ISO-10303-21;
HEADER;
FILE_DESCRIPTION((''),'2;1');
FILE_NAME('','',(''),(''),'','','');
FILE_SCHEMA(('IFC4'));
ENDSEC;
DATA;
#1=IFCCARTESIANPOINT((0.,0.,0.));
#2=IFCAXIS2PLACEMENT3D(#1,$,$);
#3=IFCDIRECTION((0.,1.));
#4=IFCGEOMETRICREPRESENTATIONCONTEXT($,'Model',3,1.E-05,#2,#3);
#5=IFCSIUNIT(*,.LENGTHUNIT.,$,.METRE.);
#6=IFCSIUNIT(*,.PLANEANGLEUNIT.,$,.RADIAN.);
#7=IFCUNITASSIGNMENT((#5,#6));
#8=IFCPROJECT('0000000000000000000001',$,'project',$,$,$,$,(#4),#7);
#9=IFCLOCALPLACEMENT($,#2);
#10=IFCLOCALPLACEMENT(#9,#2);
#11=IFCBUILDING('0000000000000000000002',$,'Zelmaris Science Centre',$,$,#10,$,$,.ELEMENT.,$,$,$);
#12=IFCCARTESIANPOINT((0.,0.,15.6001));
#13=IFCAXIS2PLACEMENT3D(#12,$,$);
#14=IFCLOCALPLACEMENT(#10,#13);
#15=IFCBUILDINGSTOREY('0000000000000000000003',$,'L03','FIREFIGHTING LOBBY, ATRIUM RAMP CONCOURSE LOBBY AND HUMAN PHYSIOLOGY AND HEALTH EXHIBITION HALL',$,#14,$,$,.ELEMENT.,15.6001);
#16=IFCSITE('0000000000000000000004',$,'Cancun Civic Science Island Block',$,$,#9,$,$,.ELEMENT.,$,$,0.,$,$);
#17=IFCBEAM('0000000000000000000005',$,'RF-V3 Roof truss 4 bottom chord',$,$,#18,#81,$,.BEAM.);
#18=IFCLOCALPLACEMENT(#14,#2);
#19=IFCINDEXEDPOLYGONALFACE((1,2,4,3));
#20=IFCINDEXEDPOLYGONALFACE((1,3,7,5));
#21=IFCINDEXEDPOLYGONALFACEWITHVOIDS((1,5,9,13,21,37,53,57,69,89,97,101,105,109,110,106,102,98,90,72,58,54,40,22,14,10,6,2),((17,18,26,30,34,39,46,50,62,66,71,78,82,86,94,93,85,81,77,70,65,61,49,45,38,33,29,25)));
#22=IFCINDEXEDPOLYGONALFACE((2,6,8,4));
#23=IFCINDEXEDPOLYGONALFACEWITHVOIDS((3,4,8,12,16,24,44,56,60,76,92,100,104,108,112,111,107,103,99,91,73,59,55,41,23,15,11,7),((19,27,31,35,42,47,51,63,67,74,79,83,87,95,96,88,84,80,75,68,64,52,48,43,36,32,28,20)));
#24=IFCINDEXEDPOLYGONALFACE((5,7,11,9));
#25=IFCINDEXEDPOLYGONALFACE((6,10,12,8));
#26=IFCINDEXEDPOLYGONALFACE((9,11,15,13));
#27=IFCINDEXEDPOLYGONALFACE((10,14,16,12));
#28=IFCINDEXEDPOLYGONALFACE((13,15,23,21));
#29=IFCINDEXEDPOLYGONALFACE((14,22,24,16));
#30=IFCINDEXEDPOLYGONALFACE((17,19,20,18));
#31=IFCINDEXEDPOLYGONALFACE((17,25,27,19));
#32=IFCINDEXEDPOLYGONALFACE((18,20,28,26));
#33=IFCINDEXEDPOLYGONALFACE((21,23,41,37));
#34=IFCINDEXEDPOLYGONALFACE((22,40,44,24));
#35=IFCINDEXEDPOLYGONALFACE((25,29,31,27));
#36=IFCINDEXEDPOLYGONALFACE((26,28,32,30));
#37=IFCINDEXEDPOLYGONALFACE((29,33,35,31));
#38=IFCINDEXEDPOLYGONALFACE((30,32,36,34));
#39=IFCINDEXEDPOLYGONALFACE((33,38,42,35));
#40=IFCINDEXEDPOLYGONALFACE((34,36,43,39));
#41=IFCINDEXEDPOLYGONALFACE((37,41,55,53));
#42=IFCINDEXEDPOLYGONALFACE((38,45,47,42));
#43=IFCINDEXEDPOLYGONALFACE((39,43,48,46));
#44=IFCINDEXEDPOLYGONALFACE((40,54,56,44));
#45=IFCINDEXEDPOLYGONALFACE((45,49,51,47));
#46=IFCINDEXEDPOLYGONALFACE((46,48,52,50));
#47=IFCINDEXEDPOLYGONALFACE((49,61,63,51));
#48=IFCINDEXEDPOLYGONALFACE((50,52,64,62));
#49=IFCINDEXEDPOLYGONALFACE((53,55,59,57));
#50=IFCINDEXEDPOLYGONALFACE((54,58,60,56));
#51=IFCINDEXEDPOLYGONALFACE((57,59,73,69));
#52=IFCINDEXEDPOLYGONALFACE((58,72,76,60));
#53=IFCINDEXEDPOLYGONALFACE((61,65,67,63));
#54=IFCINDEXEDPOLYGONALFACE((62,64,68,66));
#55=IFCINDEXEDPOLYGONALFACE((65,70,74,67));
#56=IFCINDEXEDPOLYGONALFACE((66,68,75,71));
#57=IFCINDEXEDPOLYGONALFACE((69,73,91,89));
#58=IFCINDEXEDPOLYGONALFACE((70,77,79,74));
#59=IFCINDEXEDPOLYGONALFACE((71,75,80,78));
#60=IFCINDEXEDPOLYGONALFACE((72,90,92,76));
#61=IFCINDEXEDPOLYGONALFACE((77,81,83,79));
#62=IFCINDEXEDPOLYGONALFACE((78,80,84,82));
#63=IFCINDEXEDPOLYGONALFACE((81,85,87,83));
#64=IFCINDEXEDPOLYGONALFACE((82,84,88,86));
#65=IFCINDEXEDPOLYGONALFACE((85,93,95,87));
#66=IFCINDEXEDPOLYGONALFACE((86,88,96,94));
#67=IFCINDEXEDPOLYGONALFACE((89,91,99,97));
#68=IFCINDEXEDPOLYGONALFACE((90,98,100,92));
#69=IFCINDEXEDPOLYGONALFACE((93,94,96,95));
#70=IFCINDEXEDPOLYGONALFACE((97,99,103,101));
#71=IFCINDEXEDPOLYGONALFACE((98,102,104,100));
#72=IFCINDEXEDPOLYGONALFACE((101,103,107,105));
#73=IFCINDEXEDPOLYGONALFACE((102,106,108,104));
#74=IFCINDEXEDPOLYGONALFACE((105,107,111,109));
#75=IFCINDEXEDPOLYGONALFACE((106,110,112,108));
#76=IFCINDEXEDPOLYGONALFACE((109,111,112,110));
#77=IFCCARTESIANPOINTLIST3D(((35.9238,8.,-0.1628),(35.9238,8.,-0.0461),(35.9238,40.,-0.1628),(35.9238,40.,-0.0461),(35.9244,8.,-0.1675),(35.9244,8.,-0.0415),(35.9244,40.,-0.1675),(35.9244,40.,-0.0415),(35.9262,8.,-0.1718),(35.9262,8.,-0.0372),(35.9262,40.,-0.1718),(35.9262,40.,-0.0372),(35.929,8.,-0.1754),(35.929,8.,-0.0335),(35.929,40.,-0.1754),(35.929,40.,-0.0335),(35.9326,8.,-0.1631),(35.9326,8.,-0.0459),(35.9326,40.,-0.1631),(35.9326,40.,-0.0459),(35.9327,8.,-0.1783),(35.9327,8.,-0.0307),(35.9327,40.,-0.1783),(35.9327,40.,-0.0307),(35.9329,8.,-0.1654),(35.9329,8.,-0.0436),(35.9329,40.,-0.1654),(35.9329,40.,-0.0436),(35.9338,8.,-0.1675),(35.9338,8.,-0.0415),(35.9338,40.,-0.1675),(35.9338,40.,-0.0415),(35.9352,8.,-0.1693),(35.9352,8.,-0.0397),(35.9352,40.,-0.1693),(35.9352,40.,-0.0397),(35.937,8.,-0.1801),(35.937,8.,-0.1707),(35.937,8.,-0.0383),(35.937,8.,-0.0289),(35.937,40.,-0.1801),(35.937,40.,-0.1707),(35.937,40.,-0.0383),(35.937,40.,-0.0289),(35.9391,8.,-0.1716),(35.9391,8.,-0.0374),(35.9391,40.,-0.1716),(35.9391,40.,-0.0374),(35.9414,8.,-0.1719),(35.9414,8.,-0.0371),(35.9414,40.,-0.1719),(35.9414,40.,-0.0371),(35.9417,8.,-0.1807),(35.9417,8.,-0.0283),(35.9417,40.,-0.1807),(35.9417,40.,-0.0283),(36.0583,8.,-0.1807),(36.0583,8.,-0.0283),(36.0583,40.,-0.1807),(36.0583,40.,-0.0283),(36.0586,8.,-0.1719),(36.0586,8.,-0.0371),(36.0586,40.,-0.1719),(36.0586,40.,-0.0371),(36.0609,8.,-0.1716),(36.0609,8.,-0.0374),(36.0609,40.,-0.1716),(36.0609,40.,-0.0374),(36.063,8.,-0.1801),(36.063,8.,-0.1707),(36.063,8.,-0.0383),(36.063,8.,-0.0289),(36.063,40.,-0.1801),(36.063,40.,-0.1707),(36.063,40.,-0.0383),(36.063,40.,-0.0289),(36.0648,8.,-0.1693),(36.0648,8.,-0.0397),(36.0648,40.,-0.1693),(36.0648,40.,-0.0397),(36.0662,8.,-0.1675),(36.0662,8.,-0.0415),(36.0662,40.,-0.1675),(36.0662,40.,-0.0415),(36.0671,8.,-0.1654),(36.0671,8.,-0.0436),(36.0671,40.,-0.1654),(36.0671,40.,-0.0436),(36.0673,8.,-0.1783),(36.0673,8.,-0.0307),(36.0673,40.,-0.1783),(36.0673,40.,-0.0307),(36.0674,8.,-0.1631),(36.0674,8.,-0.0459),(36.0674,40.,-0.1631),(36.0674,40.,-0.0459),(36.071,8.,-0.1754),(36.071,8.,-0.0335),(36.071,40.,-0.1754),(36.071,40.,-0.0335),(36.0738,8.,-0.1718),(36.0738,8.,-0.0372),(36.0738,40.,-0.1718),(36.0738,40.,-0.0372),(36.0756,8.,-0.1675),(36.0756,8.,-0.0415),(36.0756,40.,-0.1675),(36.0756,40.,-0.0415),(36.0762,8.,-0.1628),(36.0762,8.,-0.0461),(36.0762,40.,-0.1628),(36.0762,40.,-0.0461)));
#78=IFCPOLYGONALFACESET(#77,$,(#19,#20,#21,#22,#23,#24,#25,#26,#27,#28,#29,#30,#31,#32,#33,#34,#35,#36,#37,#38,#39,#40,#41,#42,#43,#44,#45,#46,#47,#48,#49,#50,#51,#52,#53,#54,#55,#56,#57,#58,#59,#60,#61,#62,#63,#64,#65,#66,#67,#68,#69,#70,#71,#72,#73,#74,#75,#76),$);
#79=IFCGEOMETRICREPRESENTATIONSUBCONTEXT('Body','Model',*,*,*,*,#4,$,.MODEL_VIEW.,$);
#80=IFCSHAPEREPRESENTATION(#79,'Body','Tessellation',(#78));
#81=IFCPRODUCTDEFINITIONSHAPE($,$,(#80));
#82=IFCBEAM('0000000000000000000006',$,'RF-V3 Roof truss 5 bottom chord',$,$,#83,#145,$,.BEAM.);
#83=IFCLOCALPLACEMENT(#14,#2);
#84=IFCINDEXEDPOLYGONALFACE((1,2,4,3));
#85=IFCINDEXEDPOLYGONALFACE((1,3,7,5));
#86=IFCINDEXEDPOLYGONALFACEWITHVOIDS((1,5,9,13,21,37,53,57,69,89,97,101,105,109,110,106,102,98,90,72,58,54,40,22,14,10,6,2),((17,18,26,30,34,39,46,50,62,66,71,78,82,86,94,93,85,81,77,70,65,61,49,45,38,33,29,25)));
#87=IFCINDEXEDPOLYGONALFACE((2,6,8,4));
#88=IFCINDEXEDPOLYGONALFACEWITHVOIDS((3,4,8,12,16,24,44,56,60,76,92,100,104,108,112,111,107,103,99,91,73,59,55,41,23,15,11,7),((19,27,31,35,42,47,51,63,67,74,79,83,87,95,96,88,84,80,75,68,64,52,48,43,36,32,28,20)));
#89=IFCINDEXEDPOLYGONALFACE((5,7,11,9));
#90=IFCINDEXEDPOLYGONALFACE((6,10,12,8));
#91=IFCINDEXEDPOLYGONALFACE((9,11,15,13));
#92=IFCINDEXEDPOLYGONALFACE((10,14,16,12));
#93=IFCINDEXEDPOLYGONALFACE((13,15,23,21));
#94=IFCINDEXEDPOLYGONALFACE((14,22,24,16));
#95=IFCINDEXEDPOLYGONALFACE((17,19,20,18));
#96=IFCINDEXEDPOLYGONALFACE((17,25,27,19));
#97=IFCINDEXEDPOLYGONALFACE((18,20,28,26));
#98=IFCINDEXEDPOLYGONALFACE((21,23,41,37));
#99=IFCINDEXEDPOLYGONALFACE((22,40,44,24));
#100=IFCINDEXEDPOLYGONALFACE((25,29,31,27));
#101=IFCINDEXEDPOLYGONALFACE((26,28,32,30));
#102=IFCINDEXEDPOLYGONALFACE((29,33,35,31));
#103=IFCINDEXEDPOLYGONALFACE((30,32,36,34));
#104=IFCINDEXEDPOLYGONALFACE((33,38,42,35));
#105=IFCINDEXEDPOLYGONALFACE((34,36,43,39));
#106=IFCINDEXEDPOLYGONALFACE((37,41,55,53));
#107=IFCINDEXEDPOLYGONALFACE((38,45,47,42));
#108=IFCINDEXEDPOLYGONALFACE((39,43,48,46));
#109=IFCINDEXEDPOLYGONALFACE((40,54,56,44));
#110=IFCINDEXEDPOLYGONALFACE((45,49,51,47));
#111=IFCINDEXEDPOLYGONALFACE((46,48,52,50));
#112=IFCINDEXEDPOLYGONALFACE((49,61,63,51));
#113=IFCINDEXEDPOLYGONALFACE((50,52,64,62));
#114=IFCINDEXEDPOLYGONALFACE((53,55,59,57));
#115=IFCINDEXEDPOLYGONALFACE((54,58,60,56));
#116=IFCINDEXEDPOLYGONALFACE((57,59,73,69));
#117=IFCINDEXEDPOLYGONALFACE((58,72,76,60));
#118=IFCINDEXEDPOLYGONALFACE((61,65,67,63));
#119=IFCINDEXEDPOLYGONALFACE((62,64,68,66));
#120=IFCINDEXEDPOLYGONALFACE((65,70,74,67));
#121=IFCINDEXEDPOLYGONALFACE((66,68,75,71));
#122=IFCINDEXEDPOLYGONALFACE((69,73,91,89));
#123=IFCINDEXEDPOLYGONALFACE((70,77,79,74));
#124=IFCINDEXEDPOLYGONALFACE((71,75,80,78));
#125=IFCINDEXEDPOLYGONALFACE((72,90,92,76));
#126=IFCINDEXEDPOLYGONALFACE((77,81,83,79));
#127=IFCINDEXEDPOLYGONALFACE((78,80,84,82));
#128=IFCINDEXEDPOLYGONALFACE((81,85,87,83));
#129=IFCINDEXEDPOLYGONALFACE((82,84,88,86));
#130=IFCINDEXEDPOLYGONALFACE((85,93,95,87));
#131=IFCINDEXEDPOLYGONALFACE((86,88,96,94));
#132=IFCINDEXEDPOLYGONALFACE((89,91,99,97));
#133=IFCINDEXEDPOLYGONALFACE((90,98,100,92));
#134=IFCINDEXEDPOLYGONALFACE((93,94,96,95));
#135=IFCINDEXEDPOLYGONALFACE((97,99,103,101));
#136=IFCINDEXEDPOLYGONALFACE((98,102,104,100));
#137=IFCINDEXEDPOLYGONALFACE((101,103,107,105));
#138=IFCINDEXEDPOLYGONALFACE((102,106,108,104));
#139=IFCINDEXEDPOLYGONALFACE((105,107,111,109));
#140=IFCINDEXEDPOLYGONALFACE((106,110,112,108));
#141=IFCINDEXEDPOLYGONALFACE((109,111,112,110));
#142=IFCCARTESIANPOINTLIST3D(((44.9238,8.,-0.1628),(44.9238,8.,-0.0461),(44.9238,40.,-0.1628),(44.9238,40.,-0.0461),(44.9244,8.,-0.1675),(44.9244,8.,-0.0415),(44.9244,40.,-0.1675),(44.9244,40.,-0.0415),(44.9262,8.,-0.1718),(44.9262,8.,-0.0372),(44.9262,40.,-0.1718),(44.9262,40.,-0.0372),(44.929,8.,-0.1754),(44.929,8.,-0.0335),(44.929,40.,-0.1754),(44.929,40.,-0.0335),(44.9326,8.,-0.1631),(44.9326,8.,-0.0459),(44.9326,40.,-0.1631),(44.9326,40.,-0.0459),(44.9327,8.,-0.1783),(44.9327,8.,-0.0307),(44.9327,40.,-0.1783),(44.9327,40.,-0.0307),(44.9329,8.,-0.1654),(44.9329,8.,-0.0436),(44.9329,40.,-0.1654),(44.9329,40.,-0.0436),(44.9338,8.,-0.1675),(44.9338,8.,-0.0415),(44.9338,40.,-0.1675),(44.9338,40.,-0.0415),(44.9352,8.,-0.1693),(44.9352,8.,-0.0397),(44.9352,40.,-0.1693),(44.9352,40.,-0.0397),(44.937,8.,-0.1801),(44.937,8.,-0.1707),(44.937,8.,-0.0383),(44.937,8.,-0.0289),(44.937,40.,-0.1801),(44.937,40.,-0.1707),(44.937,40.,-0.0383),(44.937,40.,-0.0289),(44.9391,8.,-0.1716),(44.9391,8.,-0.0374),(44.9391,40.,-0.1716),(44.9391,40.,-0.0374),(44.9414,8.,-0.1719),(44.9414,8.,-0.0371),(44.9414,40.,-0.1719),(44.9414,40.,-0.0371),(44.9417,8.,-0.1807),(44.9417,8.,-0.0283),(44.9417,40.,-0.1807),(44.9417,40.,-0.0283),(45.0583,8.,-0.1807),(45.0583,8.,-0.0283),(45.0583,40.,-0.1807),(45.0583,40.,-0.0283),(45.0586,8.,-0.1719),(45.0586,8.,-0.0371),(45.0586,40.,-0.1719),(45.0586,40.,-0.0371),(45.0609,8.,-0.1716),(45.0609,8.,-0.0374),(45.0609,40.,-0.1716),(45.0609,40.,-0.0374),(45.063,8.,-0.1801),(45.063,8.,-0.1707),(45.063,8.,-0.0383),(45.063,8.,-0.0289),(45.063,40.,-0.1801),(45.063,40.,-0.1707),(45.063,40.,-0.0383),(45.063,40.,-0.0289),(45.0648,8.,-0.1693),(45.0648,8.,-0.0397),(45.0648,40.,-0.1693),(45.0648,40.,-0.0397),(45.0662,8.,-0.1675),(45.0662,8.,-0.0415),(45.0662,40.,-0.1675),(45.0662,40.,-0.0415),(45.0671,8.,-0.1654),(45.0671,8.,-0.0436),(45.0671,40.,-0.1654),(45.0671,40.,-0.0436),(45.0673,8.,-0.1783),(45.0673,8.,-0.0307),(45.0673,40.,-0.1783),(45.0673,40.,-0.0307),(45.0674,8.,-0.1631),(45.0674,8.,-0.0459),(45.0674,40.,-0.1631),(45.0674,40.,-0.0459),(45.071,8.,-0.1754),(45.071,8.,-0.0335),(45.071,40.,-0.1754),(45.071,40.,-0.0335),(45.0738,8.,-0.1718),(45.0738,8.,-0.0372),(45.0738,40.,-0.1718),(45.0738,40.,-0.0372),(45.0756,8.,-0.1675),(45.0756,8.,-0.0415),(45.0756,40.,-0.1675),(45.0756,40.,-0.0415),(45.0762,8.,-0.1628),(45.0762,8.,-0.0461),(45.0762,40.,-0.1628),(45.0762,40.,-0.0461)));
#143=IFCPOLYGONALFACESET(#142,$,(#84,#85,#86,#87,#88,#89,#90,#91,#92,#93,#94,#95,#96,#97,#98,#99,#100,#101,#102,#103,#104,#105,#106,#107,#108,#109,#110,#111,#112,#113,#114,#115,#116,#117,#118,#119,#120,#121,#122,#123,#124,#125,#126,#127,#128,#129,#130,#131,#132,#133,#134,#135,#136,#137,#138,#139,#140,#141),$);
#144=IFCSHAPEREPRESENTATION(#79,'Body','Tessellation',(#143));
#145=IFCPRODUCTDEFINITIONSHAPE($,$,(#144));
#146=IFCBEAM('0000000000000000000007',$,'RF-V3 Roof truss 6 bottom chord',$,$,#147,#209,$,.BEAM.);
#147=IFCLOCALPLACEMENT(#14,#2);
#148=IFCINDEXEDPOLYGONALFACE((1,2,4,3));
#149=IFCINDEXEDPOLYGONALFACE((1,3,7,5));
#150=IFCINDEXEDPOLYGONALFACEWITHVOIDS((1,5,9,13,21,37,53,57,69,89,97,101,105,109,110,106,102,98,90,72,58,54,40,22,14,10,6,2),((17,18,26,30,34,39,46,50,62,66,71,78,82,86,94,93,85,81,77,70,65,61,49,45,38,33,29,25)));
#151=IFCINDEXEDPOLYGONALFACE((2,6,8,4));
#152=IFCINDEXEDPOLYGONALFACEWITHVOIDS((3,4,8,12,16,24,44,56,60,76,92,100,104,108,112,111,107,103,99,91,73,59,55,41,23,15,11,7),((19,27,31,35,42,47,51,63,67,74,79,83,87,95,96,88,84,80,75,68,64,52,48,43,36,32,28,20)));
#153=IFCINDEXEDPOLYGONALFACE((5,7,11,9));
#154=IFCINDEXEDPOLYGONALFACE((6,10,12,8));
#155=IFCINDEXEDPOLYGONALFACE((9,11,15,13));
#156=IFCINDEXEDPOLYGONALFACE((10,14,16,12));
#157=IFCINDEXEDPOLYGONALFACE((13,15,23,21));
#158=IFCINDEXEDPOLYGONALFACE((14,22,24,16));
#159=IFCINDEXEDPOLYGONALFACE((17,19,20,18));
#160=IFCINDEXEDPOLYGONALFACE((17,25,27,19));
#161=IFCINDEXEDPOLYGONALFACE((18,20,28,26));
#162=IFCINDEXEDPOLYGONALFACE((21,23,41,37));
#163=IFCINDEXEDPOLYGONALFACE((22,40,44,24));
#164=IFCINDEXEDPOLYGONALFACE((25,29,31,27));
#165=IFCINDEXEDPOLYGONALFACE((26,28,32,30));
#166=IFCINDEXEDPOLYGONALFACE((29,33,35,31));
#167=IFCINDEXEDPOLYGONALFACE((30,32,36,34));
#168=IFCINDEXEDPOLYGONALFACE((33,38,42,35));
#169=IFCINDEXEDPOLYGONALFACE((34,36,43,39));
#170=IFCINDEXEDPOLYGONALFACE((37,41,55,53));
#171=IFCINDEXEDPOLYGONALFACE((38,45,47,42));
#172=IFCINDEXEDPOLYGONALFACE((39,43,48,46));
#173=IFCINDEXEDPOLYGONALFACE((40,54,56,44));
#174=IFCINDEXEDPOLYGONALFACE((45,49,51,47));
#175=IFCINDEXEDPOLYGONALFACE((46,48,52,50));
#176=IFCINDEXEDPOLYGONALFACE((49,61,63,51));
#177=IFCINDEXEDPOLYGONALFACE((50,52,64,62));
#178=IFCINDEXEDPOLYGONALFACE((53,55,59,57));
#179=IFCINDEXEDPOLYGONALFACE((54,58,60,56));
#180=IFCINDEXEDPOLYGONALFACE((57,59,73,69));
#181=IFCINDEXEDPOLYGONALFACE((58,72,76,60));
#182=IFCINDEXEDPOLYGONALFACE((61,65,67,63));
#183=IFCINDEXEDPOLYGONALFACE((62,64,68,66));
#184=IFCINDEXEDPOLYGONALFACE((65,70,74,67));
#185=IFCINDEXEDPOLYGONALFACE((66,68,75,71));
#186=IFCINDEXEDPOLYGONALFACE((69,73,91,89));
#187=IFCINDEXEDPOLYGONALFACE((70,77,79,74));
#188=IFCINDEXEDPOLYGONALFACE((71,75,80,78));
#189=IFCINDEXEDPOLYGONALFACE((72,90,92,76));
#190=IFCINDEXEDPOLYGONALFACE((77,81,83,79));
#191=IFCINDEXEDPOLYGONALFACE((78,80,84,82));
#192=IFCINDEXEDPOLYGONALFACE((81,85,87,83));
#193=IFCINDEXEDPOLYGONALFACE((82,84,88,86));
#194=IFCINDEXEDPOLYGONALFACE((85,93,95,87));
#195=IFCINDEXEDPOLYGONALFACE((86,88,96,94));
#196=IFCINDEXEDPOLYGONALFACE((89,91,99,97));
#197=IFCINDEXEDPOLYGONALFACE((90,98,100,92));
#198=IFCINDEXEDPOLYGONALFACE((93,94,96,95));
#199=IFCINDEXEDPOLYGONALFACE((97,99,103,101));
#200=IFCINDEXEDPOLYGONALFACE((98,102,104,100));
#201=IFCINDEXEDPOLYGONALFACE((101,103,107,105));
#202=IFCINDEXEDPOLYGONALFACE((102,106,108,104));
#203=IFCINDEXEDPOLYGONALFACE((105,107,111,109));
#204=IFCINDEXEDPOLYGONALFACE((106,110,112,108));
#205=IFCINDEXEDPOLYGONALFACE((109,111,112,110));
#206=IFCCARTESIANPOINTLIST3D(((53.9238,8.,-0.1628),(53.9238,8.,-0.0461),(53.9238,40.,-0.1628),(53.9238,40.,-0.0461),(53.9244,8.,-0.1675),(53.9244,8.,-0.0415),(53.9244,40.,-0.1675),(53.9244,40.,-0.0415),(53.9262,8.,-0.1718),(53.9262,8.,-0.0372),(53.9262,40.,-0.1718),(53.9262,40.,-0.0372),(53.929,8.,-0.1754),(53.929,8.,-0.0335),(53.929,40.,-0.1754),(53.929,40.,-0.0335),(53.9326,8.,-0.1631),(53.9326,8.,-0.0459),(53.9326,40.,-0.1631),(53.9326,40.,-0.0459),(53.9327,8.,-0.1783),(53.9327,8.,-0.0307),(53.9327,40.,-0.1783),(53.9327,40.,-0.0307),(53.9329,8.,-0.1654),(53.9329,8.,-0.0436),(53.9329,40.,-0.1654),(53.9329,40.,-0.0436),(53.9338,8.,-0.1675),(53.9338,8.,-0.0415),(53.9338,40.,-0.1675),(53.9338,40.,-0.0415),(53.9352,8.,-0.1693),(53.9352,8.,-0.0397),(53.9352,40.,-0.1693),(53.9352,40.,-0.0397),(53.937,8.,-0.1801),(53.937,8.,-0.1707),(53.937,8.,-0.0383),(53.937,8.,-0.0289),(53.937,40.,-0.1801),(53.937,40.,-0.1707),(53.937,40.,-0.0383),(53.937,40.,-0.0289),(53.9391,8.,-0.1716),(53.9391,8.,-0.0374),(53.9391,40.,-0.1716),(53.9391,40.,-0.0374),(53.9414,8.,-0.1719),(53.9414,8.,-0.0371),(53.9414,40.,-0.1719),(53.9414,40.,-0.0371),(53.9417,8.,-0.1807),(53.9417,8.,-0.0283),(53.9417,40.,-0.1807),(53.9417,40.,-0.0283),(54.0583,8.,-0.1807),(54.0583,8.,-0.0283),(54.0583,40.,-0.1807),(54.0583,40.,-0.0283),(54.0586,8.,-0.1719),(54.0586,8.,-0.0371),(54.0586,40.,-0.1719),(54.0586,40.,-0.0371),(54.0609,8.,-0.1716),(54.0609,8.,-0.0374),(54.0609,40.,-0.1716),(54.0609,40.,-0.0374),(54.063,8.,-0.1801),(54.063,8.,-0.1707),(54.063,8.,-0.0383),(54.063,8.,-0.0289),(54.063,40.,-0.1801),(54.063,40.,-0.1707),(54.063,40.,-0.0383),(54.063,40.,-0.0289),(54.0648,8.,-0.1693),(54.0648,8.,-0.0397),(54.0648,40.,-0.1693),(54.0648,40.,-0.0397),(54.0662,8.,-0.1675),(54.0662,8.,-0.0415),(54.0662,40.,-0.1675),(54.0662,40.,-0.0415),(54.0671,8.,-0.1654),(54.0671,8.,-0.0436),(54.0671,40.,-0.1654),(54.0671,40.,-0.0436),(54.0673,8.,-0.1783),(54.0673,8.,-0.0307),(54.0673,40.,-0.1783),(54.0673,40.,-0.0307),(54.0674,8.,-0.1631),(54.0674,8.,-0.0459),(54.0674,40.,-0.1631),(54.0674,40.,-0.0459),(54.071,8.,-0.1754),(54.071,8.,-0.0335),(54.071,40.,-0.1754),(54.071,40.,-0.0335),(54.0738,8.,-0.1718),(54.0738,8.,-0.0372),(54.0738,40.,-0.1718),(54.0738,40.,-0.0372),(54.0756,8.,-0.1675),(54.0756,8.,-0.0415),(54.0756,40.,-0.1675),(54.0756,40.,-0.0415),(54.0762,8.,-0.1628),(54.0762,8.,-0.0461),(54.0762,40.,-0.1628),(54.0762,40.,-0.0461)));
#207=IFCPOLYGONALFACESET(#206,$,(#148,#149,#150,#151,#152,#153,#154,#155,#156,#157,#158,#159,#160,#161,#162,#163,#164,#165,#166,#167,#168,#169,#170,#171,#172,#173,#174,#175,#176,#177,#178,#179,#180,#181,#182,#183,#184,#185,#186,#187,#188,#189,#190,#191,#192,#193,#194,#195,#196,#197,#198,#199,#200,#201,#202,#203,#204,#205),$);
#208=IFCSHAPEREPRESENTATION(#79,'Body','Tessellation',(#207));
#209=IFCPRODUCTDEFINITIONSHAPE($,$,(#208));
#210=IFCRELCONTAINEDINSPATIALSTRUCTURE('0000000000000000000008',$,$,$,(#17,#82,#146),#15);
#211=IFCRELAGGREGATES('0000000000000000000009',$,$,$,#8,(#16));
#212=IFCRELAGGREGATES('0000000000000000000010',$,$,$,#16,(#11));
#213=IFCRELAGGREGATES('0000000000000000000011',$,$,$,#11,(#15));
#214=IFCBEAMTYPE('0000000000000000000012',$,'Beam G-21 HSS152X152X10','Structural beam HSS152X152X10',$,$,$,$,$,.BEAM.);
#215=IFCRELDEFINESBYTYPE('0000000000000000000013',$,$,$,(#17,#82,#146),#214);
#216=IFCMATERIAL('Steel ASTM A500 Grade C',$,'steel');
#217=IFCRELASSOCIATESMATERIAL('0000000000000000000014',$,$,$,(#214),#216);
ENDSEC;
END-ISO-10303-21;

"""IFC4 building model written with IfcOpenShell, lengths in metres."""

from ifc_helpers import new_model, si_unit, direction, frame, origin, origin_2d, place, context, subcontext, project, spatial, hollow_rectangle, extrude, material, material_profile, profile_set, type_object, element, save


model = new_model("IFC4")

# Units and contexts
model_context = context("Model", 3, precision=1e-05, world=origin(), true_north=direction((0.0, 1.0)))
body_context = subcontext(model_context, "Body", "Model", "MODEL_VIEW")
ifc_project = project(units=[si_unit("LENGTHUNIT", "METRE"), si_unit("PLANEANGLEUNIT", "RADIAN")], contexts=[model_context])

# Site, building, storey
site_placement = place(None, origin())
site = spatial("IfcSite", under=ifc_project, at=site_placement, Name="Cancun Civic Science Island Block", CompositionType="ELEMENT", RefElevation=0.0)
building_placement = place(site_placement, origin())
building = spatial("IfcBuilding", under=site, at=building_placement, Name="Zelmaris Science Centre", CompositionType="ELEMENT")
storey_placement = place(building_placement, frame((0.0, 0.0, 15.6001)))
storey = spatial("IfcBuildingStorey", under=building, at=storey_placement, Name="L03", Description="FIREFIGHTING LOBBY, ATRIUM RAMP CONCOURSE LOBBY AND HUMAN PHYSIOLOGY AND HEALTH EXHIBITION HALL", CompositionType="ELEMENT", Elevation=15.6001)

# Beams
ifc_material = material(Name="Steel ASTM A500 Grade C", Category="steel")
ifc_material_profile_1 = material_profile(ifc_material, hollow_rectangle(XDim=0.1523, YDim=0.1523, WallThickness=0.0088, InnerFilletRadius=0.0088, OuterFilletRadius=0.0178, at=origin_2d()), Name="HSS152X152X10")
ifc_profile_set_1 = profile_set([ifc_material_profile_1], Name="Steel ASTM A500 Grade C")
beam_type_1 = type_object("IfcBeamType", Name="Beam G-21 HSS152X152X10", Description="Structural beam HSS152X152X10", PredefinedType="BEAM", material=ifc_profile_set_1)
for number, where, z_axis, x_axis, name in (
    (1, (36.0, 8.0, -0.1045), (0.0, 1.0, 0.0), (-1.0, 0.0, 0.0), "RF-V3 Roof truss 4 bottom chord"),
    (2, (45.0, 8.0, -0.1045), (0.0, 1.0, 0.0), (-1.0, 0.0, 0.0), "RF-V3 Roof truss 5 bottom chord"),
    (3, (54.0, 8.0, -0.1045), (0.0, 1.0, 0.0), (-1.0, 0.0, 0.0), "RF-V3 Roof truss 6 bottom chord"),
):
    element("IfcBeam", number, at=place(storey_placement, frame(where, z_axis=z_axis, x_axis=x_axis)), inside=storey, type_object=beam_type_1, Name=name, PredefinedType="BEAM", context=body_context, shape_type="SweptSolid", body=[
        extrude(hollow_rectangle(XDim=0.1523, YDim=0.1523, WallThickness=0.0088, InnerFilletRadius=0.0088, OuterFilletRadius=0.0178, at=origin_2d()), origin(), (0.0, 0.0, 1.0), 32.0),
    ])

save(model, "model.ifc")
